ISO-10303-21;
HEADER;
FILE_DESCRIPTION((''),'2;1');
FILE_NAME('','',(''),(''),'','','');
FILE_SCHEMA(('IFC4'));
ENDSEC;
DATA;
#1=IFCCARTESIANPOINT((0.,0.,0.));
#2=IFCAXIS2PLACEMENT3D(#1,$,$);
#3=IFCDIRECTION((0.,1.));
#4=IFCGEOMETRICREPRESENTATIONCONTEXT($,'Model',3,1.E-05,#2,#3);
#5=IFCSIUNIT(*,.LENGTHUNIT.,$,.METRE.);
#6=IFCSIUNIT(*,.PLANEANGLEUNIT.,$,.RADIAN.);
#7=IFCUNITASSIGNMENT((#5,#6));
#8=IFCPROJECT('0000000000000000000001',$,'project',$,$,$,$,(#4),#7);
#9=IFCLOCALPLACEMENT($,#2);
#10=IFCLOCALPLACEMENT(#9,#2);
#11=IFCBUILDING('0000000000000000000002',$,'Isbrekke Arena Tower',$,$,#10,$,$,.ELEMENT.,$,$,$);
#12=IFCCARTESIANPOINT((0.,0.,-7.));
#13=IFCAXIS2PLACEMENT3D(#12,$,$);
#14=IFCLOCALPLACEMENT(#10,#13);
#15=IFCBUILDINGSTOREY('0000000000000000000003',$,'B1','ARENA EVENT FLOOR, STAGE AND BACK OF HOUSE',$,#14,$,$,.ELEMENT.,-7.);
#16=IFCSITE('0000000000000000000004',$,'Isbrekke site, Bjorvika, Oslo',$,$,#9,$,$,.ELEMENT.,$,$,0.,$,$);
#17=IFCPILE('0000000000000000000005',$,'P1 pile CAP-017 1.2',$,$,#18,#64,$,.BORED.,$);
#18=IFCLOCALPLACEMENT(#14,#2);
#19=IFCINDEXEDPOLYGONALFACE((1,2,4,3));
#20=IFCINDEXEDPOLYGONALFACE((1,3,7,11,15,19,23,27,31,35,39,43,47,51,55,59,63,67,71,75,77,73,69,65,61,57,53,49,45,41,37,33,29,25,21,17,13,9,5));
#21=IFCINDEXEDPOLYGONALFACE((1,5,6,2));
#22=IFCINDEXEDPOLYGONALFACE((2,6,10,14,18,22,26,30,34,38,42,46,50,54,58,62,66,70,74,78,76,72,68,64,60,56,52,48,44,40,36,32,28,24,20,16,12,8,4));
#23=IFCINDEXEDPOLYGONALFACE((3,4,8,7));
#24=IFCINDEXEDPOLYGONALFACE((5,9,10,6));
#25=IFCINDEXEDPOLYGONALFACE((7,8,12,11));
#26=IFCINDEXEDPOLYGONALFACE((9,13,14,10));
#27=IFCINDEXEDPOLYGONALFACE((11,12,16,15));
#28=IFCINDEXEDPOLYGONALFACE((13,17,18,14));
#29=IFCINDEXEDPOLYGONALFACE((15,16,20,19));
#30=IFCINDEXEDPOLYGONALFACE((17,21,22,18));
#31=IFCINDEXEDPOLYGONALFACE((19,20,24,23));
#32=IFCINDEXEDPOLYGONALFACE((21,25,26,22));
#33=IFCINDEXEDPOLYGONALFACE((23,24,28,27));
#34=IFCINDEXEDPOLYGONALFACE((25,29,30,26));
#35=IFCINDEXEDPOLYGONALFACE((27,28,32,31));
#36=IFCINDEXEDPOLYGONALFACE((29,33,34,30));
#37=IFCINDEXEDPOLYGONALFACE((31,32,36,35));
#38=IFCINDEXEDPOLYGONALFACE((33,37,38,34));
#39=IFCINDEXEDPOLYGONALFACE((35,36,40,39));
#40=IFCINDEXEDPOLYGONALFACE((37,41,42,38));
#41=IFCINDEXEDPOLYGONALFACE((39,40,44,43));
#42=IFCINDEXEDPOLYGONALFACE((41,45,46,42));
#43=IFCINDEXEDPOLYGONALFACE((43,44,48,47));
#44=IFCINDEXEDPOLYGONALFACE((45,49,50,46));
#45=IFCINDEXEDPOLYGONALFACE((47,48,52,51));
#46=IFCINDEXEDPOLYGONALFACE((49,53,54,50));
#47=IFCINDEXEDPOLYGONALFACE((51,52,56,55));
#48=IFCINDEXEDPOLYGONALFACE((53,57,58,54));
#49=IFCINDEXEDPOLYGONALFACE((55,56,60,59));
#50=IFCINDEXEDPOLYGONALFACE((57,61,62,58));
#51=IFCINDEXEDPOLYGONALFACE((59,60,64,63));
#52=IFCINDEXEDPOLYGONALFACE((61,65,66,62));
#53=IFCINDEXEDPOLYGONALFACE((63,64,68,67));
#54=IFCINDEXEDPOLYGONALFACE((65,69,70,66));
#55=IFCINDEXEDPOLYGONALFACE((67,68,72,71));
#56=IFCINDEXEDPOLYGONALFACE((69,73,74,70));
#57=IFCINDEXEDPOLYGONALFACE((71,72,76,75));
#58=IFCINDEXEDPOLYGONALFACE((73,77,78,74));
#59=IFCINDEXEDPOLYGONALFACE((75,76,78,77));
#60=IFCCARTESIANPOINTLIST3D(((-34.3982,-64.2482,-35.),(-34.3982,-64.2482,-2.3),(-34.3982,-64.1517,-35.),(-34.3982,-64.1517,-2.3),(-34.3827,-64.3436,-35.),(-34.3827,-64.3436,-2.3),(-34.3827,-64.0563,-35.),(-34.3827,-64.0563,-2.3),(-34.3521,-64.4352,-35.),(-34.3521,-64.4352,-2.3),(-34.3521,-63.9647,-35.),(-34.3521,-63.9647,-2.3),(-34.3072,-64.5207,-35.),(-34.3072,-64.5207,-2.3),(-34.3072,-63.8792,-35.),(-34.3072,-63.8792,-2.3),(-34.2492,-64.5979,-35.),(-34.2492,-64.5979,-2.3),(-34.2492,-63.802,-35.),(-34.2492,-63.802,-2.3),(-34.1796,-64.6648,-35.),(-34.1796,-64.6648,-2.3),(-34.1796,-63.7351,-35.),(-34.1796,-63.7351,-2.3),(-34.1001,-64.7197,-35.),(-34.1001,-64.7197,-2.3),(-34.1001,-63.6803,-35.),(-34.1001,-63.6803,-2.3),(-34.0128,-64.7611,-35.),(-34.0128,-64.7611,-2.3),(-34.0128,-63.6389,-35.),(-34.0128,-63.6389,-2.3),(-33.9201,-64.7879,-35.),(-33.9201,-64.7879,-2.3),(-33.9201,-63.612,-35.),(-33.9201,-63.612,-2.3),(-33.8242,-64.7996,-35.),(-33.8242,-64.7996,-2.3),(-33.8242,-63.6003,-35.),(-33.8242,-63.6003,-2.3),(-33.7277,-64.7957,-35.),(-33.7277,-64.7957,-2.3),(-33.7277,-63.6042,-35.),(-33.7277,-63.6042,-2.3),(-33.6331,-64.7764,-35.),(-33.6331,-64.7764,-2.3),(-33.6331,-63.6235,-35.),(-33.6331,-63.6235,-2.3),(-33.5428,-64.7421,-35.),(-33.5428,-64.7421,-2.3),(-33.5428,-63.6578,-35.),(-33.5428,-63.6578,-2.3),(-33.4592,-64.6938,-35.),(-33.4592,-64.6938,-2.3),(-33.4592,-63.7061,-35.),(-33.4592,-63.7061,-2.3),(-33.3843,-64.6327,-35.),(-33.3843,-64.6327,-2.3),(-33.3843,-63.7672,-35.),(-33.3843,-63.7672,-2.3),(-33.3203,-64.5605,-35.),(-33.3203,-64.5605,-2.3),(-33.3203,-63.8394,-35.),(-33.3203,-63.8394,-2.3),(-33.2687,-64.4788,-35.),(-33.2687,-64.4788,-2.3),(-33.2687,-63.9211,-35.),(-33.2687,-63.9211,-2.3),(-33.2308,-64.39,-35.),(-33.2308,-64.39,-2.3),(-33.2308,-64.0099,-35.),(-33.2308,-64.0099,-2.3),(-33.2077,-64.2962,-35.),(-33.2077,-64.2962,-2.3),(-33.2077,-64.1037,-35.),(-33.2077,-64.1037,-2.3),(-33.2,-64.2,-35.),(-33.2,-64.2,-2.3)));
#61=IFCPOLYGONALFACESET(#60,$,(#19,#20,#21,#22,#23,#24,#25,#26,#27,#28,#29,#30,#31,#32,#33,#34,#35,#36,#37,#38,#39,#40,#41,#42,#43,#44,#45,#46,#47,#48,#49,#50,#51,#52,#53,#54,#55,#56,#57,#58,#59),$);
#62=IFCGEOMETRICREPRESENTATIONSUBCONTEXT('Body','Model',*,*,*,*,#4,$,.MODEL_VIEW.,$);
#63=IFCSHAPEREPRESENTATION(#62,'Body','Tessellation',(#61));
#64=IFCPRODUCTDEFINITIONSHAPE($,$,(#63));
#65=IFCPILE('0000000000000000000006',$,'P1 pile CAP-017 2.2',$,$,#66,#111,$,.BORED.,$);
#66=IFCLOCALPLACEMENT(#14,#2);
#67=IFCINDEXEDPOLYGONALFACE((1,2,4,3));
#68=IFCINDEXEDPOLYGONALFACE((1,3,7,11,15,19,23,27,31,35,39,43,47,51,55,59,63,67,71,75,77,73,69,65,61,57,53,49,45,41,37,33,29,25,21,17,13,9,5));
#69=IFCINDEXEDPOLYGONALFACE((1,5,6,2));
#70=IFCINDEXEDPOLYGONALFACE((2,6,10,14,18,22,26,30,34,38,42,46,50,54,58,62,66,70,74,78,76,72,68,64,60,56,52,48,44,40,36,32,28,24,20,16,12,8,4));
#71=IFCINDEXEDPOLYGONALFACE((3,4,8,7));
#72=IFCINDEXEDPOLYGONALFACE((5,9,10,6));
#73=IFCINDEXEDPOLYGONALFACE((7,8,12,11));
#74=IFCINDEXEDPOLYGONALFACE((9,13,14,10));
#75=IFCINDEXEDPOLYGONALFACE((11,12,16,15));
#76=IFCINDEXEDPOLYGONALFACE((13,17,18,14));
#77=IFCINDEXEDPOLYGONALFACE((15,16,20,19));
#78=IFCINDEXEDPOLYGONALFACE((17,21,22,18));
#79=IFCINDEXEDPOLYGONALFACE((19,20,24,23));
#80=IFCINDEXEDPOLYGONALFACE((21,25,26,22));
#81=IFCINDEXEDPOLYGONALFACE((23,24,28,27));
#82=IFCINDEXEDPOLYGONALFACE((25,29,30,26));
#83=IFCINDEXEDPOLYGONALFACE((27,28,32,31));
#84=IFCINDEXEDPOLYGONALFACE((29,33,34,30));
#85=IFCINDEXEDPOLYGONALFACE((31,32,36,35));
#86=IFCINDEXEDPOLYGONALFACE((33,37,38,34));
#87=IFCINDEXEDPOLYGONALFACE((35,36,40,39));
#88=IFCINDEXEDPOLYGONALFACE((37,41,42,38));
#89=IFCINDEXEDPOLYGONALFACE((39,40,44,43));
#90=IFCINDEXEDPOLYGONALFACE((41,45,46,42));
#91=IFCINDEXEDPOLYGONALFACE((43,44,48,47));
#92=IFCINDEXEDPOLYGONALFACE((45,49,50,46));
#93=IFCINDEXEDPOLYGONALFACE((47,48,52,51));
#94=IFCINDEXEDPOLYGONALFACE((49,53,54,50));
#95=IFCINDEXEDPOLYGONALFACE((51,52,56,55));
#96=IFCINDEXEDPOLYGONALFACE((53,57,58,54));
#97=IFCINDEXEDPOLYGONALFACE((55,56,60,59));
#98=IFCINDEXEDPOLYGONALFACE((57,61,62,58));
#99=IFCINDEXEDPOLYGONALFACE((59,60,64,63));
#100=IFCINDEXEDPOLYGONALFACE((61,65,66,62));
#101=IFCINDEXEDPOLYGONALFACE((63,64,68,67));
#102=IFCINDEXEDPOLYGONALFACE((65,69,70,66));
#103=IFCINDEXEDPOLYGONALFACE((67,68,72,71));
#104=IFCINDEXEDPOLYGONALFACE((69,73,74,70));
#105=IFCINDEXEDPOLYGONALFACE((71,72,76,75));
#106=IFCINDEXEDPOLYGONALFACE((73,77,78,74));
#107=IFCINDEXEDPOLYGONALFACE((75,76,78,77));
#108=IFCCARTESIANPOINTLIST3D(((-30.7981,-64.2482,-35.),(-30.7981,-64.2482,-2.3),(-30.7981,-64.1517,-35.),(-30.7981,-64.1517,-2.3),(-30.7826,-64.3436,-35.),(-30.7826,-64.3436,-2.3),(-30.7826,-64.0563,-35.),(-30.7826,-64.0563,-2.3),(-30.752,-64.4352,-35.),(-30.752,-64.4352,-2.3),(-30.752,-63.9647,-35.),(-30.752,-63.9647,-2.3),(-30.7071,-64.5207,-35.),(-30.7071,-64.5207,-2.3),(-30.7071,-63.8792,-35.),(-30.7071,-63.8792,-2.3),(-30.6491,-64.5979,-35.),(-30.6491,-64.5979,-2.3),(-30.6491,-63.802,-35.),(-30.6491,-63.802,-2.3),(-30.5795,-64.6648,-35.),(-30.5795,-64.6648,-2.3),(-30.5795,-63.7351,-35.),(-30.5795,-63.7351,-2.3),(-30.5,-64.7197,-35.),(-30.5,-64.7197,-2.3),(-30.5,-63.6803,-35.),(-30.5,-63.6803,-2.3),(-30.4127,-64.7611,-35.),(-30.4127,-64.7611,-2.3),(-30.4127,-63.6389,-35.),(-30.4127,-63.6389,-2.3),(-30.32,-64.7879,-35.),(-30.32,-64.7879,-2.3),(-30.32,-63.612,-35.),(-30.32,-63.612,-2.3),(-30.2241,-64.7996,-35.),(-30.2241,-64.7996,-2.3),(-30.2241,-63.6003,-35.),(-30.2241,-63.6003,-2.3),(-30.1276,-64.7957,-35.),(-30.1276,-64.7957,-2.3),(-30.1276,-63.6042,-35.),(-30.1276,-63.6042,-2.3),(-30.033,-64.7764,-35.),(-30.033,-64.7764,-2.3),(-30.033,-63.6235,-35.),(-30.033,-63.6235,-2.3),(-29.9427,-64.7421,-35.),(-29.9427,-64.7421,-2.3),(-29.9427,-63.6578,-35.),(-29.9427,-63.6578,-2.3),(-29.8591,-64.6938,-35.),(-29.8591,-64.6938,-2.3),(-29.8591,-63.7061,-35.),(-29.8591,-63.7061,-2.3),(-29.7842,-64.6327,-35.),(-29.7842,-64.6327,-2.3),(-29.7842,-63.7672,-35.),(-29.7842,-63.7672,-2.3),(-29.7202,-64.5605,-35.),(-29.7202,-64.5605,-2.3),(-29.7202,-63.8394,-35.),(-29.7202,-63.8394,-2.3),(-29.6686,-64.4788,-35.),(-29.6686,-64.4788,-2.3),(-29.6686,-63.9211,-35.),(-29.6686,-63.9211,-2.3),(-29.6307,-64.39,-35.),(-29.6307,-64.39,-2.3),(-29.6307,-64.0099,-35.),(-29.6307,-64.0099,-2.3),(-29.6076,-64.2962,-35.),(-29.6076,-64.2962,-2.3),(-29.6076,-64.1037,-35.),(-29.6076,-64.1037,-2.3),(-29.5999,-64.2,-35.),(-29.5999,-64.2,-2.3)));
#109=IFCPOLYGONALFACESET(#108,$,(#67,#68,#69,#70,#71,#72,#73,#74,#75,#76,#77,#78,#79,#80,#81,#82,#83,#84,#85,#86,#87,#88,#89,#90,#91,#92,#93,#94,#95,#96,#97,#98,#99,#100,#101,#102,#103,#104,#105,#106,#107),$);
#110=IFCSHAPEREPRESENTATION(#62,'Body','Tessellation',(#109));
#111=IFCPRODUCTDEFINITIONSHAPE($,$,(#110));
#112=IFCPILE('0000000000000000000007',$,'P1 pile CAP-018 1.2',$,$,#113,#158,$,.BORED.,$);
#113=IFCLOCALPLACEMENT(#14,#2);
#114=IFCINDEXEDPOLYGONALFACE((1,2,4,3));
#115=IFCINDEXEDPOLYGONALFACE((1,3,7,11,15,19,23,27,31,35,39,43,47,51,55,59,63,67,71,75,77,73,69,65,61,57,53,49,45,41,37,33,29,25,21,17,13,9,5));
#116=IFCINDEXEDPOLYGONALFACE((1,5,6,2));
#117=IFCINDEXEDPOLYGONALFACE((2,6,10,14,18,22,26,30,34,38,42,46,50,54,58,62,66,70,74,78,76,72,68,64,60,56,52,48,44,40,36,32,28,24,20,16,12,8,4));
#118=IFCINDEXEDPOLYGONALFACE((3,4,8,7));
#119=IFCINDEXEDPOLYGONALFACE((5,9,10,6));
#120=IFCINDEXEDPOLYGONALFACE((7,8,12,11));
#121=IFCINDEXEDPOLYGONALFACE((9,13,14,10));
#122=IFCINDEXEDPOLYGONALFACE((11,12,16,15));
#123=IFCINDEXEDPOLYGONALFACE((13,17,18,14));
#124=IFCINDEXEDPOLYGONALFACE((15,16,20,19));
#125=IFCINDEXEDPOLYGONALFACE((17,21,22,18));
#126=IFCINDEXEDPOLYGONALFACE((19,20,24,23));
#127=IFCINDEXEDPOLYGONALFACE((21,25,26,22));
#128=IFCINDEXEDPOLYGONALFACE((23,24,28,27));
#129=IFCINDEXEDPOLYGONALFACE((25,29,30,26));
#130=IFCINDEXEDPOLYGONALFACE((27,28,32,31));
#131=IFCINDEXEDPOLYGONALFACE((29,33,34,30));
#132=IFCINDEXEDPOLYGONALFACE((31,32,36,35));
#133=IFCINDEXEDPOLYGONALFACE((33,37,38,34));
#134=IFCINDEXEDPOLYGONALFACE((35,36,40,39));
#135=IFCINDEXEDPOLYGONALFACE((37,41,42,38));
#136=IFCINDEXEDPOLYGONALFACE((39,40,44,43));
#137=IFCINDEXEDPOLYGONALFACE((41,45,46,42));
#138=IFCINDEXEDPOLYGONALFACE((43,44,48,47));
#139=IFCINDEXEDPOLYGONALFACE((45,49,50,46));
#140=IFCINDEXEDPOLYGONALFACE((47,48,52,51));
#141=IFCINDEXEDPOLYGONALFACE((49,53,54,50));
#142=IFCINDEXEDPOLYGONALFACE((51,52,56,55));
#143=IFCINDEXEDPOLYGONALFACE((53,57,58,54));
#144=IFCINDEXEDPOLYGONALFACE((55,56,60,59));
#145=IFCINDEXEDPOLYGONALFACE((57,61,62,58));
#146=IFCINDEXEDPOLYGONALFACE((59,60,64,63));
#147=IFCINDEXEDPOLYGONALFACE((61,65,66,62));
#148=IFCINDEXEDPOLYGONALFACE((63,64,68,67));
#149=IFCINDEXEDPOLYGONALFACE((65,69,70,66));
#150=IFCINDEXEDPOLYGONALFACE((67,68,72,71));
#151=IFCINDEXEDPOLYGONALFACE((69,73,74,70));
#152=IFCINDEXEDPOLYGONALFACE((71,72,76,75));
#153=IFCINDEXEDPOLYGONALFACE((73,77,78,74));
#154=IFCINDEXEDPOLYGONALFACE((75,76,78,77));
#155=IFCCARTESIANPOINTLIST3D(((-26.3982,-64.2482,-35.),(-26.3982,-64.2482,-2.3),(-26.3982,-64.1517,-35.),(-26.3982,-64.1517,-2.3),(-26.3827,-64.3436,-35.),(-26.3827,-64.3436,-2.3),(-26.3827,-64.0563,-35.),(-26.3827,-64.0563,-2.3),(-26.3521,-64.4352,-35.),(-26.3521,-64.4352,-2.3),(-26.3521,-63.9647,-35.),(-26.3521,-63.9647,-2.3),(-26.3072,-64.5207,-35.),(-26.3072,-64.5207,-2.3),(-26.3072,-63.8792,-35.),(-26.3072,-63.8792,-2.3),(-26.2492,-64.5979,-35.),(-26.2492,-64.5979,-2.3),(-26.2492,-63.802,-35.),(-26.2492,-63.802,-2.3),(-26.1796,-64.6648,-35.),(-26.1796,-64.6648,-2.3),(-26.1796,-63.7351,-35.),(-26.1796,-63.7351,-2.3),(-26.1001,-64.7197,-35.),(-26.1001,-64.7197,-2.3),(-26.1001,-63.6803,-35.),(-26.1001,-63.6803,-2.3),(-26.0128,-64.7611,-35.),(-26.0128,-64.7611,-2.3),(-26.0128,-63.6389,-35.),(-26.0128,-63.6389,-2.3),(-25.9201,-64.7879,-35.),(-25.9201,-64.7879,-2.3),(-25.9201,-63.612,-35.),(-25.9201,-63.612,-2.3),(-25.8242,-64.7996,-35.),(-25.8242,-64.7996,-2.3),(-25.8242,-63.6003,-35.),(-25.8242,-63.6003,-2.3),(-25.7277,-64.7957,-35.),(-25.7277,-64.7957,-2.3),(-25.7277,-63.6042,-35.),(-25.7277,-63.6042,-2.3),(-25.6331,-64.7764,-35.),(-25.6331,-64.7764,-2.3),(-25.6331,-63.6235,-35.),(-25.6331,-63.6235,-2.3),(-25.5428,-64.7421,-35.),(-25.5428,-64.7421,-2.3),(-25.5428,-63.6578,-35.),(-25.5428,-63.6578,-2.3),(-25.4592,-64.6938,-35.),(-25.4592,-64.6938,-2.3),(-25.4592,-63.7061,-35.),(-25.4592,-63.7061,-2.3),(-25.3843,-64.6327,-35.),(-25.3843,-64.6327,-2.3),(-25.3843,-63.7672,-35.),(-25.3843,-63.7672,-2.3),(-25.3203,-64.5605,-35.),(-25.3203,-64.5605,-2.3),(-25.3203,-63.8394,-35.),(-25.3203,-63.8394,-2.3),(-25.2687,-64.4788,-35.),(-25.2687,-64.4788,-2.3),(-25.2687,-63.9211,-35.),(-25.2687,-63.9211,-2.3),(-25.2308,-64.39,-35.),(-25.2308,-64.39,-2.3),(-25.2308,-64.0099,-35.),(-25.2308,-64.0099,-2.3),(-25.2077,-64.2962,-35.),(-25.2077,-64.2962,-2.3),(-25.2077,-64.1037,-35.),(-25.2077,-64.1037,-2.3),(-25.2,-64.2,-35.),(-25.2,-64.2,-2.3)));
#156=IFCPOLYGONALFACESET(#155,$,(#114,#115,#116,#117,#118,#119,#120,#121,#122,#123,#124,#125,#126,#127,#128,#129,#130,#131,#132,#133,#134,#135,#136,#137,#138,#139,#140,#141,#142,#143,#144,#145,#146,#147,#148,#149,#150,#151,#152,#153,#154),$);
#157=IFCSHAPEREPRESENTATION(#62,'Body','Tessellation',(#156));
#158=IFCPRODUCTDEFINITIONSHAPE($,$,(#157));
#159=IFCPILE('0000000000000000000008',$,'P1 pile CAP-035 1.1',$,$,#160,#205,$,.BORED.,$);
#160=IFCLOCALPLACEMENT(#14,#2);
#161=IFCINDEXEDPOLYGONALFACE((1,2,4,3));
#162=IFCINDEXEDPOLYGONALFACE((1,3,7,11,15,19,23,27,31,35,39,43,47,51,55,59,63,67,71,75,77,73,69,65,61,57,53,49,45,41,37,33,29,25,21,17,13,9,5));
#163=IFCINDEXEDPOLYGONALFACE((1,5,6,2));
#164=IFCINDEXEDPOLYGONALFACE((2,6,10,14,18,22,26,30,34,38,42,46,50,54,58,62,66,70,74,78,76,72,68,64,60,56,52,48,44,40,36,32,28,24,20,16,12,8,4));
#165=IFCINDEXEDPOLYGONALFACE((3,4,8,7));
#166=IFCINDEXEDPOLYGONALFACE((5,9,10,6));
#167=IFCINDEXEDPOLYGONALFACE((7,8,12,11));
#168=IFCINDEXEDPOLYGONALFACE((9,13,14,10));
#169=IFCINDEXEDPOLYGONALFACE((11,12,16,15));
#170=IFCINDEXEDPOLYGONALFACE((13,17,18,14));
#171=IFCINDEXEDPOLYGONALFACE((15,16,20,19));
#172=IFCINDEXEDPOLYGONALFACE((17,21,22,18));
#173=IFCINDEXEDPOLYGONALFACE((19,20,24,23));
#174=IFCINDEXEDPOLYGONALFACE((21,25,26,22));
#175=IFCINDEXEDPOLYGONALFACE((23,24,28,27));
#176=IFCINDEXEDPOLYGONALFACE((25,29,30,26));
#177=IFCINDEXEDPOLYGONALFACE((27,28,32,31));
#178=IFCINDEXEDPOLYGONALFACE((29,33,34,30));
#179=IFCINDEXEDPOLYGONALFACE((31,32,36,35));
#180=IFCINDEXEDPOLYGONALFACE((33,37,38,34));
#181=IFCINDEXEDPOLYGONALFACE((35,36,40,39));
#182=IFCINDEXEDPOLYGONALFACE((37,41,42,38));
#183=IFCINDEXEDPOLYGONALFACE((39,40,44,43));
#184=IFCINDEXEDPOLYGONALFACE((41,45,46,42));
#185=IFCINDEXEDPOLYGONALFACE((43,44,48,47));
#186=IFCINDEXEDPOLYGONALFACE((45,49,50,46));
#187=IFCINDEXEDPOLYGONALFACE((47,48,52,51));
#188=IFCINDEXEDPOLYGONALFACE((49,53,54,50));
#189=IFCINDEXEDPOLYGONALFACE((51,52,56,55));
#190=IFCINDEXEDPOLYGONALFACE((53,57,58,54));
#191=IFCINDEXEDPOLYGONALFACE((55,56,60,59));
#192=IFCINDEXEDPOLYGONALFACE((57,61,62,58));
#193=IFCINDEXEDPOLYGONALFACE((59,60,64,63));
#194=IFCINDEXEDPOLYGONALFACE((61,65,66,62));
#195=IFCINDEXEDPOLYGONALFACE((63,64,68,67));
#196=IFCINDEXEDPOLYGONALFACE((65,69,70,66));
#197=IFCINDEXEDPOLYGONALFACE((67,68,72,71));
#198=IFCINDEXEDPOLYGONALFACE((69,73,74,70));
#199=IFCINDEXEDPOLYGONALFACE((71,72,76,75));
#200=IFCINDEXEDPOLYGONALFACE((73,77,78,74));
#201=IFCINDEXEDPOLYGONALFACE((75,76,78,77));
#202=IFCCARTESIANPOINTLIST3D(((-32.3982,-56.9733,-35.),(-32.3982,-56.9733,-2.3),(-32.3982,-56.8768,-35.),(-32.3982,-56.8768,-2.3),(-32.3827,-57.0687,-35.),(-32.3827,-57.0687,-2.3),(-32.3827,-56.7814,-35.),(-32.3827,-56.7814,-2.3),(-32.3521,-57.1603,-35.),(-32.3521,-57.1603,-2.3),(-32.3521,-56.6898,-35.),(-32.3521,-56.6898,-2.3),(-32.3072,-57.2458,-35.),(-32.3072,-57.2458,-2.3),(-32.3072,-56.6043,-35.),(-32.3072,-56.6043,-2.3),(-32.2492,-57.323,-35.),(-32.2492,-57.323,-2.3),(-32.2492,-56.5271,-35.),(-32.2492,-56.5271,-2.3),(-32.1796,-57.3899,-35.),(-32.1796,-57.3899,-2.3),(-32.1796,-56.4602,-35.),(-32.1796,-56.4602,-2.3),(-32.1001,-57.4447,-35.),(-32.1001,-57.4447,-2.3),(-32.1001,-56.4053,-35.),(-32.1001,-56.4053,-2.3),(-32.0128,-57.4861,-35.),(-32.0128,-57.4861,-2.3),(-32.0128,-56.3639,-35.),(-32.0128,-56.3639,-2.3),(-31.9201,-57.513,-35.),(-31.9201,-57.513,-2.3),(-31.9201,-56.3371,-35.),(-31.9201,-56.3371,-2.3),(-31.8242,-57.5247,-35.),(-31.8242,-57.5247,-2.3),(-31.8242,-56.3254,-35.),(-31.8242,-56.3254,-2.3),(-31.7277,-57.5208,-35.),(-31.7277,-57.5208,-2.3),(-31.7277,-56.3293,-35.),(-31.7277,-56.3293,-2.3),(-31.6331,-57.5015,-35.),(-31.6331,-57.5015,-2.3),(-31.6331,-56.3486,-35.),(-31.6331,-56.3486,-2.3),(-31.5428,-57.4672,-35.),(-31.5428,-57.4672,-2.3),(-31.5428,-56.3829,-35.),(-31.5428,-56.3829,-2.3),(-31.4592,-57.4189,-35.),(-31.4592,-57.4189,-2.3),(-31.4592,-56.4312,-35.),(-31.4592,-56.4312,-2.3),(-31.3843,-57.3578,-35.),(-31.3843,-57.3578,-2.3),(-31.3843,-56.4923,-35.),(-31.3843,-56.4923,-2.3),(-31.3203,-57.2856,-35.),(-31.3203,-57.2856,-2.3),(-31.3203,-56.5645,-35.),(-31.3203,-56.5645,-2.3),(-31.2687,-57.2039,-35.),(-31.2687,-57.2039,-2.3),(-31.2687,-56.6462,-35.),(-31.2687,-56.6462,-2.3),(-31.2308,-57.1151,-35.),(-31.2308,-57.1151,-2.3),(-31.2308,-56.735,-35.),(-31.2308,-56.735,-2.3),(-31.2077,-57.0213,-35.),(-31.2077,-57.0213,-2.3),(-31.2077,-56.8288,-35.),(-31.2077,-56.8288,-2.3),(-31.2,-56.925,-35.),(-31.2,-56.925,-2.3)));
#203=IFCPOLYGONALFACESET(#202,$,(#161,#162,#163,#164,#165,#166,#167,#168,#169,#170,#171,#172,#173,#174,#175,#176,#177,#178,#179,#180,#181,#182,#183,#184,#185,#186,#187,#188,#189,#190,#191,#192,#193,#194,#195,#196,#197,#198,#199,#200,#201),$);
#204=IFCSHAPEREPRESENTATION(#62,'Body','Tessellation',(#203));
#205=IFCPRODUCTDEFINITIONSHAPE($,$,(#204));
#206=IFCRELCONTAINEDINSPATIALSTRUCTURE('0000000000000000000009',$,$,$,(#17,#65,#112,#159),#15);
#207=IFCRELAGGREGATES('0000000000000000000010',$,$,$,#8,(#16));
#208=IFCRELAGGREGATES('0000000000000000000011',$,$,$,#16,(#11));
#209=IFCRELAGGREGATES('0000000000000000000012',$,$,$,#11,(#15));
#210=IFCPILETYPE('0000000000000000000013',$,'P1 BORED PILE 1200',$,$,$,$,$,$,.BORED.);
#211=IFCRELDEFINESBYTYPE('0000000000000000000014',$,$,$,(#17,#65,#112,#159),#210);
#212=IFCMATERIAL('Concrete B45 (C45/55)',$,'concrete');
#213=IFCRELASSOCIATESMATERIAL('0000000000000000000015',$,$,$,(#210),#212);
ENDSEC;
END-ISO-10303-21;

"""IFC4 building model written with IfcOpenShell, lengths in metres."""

from ifc_helpers import new_model, si_unit, direction, frame, origin, origin_2d, place, context, subcontext, project, spatial, circle, extrude, material, material_profile, profile_set, type_object, element, save


model = new_model("IFC4")

# Units and contexts
model_context = context("Model", 3, precision=1e-05, world=origin(), true_north=direction((0.0, 1.0)))
body_context = subcontext(model_context, "Body", "Model", "MODEL_VIEW")
ifc_project = project(units=[si_unit("LENGTHUNIT", "METRE"), si_unit("PLANEANGLEUNIT", "RADIAN")], contexts=[model_context])

# Site, building, storey
site_placement = place(None, origin())
site = spatial("IfcSite", under=ifc_project, at=site_placement, Name="Isbrekke site, Bjorvika, Oslo", CompositionType="ELEMENT", RefElevation=0.0)
building_placement = place(site_placement, origin())
building = spatial("IfcBuilding", under=site, at=building_placement, Name="Isbrekke Arena Tower", CompositionType="ELEMENT")
storey_placement = place(building_placement, frame((0.0, 0.0, -7.0)))
storey = spatial("IfcBuildingStorey", under=building, at=storey_placement, Name="B1", Description="ARENA EVENT FLOOR, STAGE AND BACK OF HOUSE", CompositionType="ELEMENT", Elevation=-7.0)

# Piles
ifc_material_1 = material(Name="Concrete B45 (C45/55)", Category="concrete")
ifc_material_profile_1 = material_profile(ifc_material_1, circle(Radius=0.6001, at=origin_2d()), Name="BORED PILE D1200")
ifc_profile_set_1 = profile_set([ifc_material_profile_1], Name="Concrete B45 (C45/55)")
pile_type = type_object("IfcPileType", Name="P1 BORED PILE 1200", PredefinedType="BORED", material=ifc_profile_set_1)
for number, where, z_axis, x_axis, name in (
    (1, (-33.8, -64.2, -2.3), (0.0, 0.0, -1.0), (1.0, 0.0, 0.0), "P1 pile CAP-017 1.2"),
    (2, (-30.2, -64.2, -2.3), (0.0, 0.0, -1.0), (1.0, 0.0, 0.0), "P1 pile CAP-017 2.2"),
    (3, (-25.8, -64.2, -2.3), (0.0, 0.0, -1.0), (1.0, 0.0, 0.0), "P1 pile CAP-018 1.2"),
    (4, (-31.8, -56.925, -2.3), (0.0, 0.0, -1.0), (1.0, 0.0, 0.0), "P1 pile CAP-035 1.1"),
):
    element("IfcPile", number, at=place(storey_placement, frame(where, z_axis=z_axis, x_axis=x_axis)), inside=storey, type_object=pile_type, Name=name, PredefinedType="BORED", context=body_context, shape_type="SweptSolid", body=[
        extrude(circle(Radius=0.6001, at=origin_2d()), origin(), (0.0, 0.0, 1.0), 32.7),
    ])

save(model, "model.ifc")
